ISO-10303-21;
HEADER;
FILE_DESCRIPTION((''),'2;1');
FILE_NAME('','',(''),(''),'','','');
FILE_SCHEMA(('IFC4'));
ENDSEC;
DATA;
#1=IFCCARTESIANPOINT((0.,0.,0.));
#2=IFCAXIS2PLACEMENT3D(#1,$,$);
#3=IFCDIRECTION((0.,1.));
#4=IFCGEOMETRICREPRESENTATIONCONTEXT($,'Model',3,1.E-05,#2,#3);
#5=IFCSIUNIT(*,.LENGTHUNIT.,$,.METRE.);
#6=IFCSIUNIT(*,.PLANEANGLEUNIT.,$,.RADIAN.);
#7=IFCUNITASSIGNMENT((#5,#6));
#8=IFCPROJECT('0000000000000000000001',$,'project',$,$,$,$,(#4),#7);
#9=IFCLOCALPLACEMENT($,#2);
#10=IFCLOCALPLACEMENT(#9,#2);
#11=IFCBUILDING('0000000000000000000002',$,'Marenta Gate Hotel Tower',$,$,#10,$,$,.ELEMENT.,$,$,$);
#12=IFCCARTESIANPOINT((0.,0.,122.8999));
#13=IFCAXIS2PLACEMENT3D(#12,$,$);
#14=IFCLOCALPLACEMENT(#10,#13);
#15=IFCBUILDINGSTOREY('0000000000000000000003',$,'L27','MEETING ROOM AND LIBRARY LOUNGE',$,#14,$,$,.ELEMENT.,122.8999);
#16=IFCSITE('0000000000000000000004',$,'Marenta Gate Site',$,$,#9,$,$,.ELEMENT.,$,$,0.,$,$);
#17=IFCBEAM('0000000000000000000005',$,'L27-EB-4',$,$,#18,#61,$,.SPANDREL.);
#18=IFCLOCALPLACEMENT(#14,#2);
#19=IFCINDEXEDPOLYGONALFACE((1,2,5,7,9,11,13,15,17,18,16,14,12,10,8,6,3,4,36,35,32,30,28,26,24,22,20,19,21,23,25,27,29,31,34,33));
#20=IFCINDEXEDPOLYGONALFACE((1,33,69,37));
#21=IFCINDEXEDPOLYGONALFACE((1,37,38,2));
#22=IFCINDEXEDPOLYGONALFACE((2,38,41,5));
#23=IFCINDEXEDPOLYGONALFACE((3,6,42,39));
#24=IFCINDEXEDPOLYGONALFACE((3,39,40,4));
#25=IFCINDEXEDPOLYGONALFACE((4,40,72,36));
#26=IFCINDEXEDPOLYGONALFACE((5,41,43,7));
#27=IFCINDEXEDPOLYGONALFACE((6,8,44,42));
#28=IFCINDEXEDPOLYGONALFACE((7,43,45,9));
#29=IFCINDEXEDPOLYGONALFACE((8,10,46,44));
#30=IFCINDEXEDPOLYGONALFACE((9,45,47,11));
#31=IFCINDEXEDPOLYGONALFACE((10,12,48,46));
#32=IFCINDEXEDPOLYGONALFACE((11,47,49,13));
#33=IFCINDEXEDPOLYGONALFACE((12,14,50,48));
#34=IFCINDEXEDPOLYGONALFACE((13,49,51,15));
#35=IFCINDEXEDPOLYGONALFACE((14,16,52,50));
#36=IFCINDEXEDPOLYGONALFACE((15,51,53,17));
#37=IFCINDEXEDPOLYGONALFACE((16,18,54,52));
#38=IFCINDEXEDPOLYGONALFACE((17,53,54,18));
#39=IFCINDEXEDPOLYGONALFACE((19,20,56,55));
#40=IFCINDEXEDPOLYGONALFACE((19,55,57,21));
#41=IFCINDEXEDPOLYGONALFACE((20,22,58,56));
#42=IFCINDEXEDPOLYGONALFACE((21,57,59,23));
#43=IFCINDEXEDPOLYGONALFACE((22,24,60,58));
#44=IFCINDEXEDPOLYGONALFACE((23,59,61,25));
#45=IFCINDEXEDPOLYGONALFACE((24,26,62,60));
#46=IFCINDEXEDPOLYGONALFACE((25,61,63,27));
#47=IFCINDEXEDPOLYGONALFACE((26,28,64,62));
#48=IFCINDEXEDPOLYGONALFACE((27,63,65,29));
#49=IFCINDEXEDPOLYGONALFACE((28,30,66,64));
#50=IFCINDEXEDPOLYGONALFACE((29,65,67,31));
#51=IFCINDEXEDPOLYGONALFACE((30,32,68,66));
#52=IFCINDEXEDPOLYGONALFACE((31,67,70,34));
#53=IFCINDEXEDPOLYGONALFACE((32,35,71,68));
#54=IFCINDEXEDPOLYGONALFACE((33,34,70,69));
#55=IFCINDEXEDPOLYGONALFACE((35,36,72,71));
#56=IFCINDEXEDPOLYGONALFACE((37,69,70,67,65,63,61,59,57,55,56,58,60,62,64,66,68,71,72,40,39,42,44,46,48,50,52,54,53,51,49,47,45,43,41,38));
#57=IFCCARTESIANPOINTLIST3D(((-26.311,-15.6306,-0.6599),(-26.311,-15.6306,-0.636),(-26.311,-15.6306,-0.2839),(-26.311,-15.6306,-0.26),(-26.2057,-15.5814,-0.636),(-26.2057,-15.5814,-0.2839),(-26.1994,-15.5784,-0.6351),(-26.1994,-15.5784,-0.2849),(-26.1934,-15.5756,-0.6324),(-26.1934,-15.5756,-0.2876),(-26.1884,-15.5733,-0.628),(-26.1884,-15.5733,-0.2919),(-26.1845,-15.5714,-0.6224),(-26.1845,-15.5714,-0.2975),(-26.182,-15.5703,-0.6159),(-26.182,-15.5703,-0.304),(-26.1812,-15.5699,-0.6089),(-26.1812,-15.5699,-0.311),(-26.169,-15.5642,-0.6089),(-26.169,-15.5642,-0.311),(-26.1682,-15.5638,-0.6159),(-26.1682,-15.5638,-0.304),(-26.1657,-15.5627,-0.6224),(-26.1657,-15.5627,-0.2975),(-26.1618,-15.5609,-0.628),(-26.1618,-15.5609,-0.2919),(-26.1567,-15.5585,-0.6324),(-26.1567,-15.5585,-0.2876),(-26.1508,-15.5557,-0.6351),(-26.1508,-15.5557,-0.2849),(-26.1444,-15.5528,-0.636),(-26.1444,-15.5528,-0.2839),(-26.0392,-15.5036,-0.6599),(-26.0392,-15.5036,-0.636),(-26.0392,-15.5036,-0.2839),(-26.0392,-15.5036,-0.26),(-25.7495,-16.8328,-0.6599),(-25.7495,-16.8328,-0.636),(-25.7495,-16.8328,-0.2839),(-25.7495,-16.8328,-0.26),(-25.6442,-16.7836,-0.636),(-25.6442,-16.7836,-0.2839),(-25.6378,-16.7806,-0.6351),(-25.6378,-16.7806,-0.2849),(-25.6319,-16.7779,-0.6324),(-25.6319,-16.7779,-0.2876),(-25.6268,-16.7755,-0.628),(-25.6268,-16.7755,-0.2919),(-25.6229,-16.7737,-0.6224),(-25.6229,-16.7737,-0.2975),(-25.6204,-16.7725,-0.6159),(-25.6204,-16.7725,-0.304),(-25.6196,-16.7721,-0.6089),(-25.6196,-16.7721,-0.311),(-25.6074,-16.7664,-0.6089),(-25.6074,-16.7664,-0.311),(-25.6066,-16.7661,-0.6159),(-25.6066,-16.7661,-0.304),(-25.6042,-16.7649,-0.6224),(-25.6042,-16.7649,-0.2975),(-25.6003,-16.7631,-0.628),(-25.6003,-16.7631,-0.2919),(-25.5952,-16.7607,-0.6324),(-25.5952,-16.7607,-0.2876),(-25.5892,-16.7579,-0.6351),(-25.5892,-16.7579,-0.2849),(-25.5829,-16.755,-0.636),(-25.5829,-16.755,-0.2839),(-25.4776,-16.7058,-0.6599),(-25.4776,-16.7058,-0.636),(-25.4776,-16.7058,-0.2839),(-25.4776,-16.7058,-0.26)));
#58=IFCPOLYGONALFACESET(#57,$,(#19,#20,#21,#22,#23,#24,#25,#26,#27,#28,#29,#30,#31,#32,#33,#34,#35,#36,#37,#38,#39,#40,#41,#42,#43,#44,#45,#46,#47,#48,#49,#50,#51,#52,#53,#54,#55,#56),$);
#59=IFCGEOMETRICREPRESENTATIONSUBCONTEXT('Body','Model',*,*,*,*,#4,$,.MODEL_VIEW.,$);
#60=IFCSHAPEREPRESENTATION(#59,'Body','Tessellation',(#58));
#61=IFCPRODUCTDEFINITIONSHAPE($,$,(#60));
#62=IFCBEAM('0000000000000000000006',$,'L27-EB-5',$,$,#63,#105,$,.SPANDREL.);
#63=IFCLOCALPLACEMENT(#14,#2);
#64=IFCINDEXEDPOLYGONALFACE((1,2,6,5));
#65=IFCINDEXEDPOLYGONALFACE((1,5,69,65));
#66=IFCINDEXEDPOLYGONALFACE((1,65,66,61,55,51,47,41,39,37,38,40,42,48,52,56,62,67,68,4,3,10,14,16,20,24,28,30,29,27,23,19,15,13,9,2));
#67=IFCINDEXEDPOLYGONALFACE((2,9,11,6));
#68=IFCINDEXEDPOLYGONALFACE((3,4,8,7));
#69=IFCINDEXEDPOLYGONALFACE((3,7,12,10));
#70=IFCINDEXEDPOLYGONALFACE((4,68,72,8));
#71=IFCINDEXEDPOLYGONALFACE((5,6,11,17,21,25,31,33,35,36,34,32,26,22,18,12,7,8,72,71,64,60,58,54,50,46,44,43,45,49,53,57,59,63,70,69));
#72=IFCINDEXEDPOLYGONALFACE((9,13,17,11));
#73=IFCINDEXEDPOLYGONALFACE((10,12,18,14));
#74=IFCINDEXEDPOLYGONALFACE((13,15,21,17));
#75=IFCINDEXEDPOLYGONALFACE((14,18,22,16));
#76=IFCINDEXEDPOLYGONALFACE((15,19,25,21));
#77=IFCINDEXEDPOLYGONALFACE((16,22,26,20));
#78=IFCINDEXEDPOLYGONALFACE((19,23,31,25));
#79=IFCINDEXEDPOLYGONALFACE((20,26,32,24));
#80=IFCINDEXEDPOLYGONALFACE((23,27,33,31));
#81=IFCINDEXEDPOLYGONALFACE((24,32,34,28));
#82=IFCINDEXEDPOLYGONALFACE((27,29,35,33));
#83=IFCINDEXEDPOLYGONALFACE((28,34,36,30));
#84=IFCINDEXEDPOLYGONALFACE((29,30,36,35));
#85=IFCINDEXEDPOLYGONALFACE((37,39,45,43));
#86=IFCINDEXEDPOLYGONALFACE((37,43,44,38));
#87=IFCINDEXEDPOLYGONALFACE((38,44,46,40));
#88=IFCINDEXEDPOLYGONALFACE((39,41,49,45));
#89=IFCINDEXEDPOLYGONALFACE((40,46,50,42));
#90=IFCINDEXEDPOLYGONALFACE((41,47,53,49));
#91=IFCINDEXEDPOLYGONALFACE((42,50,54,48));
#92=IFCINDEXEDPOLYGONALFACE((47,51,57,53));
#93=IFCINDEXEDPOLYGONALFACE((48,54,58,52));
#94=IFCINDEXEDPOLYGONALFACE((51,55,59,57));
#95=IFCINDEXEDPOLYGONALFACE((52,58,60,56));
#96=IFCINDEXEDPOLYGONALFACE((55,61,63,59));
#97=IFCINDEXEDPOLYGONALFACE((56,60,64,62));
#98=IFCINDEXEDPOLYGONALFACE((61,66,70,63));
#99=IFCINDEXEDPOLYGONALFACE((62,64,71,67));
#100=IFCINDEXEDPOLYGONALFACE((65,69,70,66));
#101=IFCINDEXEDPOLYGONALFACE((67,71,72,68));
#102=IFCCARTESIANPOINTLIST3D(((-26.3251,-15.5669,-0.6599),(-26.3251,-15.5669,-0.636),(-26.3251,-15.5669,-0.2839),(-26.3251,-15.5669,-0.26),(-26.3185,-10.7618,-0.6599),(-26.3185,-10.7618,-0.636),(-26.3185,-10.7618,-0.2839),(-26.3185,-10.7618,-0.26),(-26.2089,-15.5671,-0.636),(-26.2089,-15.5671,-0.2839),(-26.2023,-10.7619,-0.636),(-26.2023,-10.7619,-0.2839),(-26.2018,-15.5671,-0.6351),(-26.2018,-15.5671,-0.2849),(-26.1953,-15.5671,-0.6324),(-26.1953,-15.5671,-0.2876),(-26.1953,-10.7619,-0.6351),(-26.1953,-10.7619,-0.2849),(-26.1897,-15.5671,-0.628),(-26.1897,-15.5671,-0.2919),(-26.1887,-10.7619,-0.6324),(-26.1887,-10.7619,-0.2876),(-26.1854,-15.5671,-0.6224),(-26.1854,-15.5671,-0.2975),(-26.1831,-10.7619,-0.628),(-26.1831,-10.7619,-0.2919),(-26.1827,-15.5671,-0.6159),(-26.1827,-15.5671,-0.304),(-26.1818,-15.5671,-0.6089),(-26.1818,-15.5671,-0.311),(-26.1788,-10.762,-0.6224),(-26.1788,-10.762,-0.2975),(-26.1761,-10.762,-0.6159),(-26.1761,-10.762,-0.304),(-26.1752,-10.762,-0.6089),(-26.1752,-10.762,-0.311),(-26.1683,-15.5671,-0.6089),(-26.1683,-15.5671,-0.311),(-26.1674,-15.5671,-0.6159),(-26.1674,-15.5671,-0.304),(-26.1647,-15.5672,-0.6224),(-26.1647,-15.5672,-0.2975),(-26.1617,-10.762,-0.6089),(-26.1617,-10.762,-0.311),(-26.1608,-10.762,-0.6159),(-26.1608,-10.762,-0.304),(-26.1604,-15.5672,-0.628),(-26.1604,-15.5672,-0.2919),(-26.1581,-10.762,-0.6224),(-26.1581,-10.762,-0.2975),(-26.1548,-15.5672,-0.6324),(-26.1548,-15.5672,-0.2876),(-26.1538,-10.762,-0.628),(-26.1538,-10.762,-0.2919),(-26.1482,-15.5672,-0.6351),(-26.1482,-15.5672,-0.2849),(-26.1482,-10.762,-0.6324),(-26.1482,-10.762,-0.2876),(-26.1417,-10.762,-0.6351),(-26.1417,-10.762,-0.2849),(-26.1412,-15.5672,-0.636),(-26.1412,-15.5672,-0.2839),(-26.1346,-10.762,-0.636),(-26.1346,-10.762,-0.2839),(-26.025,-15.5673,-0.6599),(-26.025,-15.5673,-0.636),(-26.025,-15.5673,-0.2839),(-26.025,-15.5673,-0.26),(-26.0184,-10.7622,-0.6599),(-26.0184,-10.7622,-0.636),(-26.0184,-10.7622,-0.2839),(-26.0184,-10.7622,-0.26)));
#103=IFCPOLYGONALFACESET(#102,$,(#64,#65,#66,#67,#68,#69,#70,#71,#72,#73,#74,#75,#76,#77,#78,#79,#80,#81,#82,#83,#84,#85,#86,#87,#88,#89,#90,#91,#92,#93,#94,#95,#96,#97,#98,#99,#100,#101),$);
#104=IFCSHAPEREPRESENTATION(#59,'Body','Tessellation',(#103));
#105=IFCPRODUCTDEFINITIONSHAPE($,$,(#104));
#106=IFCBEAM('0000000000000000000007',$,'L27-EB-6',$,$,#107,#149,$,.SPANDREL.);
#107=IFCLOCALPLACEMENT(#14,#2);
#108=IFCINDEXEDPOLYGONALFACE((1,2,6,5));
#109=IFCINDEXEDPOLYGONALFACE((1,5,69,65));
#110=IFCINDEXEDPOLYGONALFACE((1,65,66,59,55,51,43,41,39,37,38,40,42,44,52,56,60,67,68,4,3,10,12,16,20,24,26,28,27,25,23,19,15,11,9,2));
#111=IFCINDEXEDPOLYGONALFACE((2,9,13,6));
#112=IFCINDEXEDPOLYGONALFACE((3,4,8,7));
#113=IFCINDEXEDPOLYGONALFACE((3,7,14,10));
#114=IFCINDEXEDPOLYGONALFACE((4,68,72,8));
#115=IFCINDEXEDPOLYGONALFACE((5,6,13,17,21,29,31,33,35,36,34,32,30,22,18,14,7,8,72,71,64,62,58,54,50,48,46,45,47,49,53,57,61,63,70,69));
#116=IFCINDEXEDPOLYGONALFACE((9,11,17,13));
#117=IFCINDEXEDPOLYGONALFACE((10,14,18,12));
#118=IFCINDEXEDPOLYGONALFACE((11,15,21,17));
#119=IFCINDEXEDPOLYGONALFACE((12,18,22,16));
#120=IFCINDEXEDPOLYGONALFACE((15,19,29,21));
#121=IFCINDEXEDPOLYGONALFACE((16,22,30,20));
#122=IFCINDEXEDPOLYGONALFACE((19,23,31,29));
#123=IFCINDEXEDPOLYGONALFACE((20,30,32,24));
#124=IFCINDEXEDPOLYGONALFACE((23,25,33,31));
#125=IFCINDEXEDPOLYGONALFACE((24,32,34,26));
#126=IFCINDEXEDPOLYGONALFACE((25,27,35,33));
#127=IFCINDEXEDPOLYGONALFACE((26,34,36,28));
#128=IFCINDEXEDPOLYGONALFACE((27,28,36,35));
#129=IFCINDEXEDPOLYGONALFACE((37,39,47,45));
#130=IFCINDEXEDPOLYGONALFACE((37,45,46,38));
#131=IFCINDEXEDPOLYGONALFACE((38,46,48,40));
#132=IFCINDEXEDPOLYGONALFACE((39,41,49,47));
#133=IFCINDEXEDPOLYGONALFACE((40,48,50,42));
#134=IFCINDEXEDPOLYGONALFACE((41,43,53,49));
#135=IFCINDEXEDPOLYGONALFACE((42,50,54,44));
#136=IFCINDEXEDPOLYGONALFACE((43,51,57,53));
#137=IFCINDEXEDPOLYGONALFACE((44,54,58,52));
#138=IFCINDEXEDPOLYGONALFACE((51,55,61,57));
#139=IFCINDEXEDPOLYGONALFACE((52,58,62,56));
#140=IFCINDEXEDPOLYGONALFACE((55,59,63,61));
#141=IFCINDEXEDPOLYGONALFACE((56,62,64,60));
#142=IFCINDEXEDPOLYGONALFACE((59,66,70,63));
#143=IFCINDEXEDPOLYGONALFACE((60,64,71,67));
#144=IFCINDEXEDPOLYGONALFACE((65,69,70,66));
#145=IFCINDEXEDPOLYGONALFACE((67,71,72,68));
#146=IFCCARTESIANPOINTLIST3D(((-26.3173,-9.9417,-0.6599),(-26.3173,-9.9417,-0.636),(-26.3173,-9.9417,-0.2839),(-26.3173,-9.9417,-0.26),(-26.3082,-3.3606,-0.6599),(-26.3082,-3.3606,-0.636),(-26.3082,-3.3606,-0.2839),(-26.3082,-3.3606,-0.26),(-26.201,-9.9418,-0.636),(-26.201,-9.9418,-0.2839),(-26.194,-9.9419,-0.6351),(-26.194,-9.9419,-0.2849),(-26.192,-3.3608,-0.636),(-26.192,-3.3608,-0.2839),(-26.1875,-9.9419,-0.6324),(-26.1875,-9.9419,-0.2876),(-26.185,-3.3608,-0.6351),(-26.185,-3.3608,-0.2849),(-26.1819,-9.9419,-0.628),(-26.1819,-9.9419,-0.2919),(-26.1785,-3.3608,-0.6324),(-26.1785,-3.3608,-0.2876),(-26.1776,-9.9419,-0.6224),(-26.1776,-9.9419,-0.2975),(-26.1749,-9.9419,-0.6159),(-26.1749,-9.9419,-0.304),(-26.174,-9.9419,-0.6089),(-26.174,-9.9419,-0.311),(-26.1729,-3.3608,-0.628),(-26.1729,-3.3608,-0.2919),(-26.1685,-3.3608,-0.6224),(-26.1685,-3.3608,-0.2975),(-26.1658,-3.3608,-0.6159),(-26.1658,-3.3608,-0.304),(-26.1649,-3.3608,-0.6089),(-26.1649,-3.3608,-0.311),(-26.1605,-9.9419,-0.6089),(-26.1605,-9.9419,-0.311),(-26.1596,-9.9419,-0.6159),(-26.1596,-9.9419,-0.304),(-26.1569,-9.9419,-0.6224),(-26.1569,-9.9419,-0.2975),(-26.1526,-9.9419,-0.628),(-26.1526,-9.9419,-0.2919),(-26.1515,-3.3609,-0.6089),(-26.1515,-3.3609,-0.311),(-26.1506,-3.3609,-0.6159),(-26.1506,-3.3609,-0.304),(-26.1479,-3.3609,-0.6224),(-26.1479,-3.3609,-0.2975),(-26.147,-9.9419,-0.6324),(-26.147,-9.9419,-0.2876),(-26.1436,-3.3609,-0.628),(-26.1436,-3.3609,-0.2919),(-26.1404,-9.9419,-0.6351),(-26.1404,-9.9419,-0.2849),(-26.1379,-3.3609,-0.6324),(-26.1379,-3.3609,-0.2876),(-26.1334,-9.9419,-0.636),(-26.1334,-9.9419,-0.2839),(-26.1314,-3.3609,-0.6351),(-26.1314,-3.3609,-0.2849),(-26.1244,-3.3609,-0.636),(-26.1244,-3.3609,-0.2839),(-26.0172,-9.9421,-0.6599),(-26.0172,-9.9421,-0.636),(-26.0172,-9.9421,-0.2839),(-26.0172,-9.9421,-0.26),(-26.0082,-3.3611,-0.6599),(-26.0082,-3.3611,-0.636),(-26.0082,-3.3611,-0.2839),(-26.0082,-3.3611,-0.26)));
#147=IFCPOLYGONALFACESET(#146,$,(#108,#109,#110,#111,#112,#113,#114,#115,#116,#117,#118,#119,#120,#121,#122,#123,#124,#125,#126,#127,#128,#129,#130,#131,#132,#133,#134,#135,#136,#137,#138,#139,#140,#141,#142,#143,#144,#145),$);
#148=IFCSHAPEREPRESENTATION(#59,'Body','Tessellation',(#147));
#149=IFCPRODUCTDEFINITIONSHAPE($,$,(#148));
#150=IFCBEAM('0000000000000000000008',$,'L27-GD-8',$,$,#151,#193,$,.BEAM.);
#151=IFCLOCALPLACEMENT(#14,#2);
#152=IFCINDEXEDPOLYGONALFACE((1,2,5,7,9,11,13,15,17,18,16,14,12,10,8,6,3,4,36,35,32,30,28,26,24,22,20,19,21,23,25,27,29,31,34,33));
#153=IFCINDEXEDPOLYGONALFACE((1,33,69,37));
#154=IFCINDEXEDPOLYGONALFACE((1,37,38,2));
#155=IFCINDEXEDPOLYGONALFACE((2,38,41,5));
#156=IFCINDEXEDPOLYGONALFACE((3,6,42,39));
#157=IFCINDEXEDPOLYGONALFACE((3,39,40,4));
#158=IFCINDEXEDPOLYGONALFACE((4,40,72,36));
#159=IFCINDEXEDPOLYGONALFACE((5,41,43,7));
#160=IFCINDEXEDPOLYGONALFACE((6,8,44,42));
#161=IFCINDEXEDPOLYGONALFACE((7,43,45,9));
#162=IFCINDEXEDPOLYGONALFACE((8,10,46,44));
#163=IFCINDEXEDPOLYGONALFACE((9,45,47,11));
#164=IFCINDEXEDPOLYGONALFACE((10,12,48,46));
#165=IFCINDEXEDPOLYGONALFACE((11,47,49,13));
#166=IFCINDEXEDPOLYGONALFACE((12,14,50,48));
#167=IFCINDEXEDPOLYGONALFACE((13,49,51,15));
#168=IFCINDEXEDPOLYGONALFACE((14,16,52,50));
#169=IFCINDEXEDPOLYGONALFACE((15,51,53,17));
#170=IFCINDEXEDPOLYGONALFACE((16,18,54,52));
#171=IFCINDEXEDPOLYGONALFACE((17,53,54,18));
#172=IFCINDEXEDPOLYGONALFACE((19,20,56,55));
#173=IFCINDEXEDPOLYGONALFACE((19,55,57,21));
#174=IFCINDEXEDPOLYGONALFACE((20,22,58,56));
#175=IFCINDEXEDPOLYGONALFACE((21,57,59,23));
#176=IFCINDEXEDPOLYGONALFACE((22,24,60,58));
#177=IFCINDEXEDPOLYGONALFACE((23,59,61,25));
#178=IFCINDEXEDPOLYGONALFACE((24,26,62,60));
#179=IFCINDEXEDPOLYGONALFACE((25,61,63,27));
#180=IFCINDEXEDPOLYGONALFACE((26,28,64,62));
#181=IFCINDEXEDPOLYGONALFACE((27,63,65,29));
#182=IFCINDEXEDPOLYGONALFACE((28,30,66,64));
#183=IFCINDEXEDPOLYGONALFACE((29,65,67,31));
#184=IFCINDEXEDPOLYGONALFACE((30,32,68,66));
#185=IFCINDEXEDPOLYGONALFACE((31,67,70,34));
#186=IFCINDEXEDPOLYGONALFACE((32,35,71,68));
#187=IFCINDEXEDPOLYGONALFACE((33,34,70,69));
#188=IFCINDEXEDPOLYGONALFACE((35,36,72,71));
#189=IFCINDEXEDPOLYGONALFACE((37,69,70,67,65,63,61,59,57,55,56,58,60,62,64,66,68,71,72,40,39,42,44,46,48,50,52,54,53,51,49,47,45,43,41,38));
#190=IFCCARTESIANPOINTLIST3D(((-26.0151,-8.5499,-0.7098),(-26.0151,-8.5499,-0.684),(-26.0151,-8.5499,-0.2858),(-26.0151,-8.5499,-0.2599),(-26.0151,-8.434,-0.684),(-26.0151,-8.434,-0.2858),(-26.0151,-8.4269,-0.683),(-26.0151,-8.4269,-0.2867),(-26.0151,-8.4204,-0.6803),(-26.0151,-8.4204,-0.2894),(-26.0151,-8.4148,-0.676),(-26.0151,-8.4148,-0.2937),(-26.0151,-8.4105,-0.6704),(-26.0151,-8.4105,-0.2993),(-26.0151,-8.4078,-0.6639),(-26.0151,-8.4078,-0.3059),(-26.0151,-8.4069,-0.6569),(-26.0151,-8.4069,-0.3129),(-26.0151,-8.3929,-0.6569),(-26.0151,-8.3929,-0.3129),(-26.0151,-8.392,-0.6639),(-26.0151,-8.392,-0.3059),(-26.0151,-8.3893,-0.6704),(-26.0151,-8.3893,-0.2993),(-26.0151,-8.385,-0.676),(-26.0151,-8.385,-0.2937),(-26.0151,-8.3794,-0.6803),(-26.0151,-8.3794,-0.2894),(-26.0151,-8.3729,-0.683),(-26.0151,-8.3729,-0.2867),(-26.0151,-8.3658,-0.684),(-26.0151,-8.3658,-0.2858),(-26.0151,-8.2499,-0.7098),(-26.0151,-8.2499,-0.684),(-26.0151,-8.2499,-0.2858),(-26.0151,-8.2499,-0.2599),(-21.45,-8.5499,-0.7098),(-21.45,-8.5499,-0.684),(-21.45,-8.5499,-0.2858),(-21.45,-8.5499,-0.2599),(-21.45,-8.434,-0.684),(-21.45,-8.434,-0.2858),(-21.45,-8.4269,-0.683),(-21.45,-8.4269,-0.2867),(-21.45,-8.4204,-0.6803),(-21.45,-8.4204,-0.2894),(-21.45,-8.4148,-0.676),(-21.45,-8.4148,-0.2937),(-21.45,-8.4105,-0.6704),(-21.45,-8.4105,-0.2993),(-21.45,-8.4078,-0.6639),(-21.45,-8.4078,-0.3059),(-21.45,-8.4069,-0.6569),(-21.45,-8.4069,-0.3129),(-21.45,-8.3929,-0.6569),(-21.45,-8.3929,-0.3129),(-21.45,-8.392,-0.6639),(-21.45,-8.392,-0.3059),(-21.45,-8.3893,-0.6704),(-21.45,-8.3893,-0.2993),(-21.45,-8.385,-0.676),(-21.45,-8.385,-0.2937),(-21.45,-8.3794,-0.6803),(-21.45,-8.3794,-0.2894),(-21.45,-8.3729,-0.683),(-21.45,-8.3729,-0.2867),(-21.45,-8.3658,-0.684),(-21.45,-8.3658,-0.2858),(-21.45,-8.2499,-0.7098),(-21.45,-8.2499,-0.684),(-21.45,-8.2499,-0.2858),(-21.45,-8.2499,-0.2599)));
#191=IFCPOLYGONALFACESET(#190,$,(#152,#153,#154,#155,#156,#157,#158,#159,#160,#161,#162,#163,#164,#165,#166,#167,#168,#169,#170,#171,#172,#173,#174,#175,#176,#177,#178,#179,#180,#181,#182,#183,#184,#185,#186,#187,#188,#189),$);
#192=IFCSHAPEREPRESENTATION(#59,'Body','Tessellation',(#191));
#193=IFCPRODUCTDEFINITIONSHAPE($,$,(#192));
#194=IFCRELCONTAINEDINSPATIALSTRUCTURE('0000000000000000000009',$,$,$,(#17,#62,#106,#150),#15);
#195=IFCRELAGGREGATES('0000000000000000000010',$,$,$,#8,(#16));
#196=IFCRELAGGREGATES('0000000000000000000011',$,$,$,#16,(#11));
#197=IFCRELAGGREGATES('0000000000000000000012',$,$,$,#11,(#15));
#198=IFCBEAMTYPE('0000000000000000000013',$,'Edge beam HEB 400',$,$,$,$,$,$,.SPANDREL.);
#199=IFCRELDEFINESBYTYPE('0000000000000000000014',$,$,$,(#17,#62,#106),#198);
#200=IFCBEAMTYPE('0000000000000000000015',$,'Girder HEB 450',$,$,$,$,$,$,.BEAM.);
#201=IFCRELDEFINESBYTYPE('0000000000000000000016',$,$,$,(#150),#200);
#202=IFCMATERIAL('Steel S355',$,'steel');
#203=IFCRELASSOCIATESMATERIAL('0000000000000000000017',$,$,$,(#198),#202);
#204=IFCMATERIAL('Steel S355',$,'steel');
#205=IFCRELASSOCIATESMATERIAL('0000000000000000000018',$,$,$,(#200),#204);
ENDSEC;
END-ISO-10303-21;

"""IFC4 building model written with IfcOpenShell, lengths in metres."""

from ifc_helpers import new_model, si_unit, direction, frame, origin, origin_2d, place, context, subcontext, project, spatial, i_section, extrude, material, material_profile, profile_set, type_object, element, save


model = new_model("IFC4")

# Units and contexts
model_context = context("Model", 3, precision=1e-05, world=origin(), true_north=direction((0.0, 1.0)))
body_context = subcontext(model_context, "Body", "Model", "MODEL_VIEW")
ifc_project = project(units=[si_unit("LENGTHUNIT", "METRE"), si_unit("PLANEANGLEUNIT", "RADIAN")], contexts=[model_context])

# Site, building, storey
site_placement = place(None, origin())
site = spatial("IfcSite", under=ifc_project, at=site_placement, Name="Marenta Gate Site", CompositionType="ELEMENT", RefElevation=0.0)
building_placement = place(site_placement, origin())
building = spatial("IfcBuilding", under=site, at=building_placement, Name="Marenta Gate Hotel Tower", CompositionType="ELEMENT")
storey_placement = place(building_placement, frame((0.0, 0.0, 122.8999)))
storey = spatial("IfcBuildingStorey", under=building, at=storey_placement, Name="L27", Description="MEETING ROOM AND LIBRARY LOUNGE", CompositionType="ELEMENT", Elevation=122.8999)

# Beams
ifc_material_1 = material(Name="Steel S355", Category="steel")
ifc_material_profile_1 = material_profile(ifc_material_1, i_section(OverallWidth=0.3, OverallDepth=0.3999, WebThickness=0.0134, FlangeThickness=0.0239, FilletRadius=0.0271, at=origin_2d()), Name="HEB 400")
ifc_profile_set_1 = profile_set([ifc_material_profile_1], Name="Steel S355")
beam_type_1 = type_object("IfcBeamType", Name="Edge beam HEB 400", PredefinedType="SPANDREL", material=ifc_profile_set_1)
beam_1_placement = place(storey_placement, frame((-25.6135, -16.7693, -0.46), z_axis=(-0.423208, 0.906033, 0.0), x_axis=(-0.906033, -0.423208, 0.0)))
element("IfcBeam", 1, at=beam_1_placement, inside=storey, type_object=beam_type_1, Name="L27-EB-4", PredefinedType="SPANDREL", context=body_context, shape_type="SweptSolid", body=[
    extrude(i_section(OverallWidth=0.3, OverallDepth=0.3999, WebThickness=0.0134, FlangeThickness=0.0239, FilletRadius=0.0271, at=origin_2d()), origin(), (0.0, 0.0, 1.0), 1.3269),
])
beam_2_placement = place(storey_placement, frame((-26.175, -15.5671, -0.46), z_axis=(0.001372, 0.999999, 0.0), x_axis=(-0.999999, 0.001372, 0.0)))
element("IfcBeam", 2, at=beam_2_placement, inside=storey, type_object=beam_type_1, Name="L27-EB-5", PredefinedType="SPANDREL", context=body_context, shape_type="SweptSolid", body=[
    extrude(i_section(OverallWidth=0.3, OverallDepth=0.3999, WebThickness=0.0134, FlangeThickness=0.0239, FilletRadius=0.0271, at=origin_2d()), origin(), (0.0, 0.0, 1.0), 4.8052),
])
beam_3_placement = place(storey_placement, frame((-26.1672, -9.9419, -0.46), z_axis=(0.001373, 0.999999, 0.0), x_axis=(-0.999999, 0.001373, 0.0)))
element("IfcBeam", 3, at=beam_3_placement, inside=storey, type_object=beam_type_1, Name="L27-EB-6", PredefinedType="SPANDREL", context=body_context, shape_type="SweptSolid", body=[
    extrude(i_section(OverallWidth=0.3, OverallDepth=0.3999, WebThickness=0.0134, FlangeThickness=0.0239, FilletRadius=0.0271, at=origin_2d()), origin(), (0.0, 0.0, 1.0), 6.5811),
])
ifc_material_2 = material(Name="Steel S355", Category="steel")
ifc_material_profile_2 = material_profile(ifc_material_2, i_section(OverallWidth=0.3, OverallDepth=0.45, WebThickness=0.0139, FlangeThickness=0.0259, FilletRadius=0.0271, at=origin_2d()), Name="HEB 450")
ifc_profile_set_2 = profile_set([ifc_material_profile_2], Name="Steel S355")
beam_type_2 = type_object("IfcBeamType", Name="Girder HEB 450", PredefinedType="BEAM", material=ifc_profile_set_2)
beam_4_placement = place(storey_placement, frame((-26.0151, -8.3999, -0.4849), z_axis=(1.0, 0.0, 0.0), x_axis=(0.0, 1.0, 0.0)))
element("IfcBeam", 4, at=beam_4_placement, inside=storey, type_object=beam_type_2, Name="L27-GD-8", PredefinedType="BEAM", context=body_context, shape_type="SweptSolid", body=[
    extrude(i_section(OverallWidth=0.3, OverallDepth=0.45, WebThickness=0.0139, FlangeThickness=0.0259, FilletRadius=0.0271, at=origin_2d()), origin(), (0.0, 0.0, 1.0), 4.5652),
])

save(model, "model.ifc")
